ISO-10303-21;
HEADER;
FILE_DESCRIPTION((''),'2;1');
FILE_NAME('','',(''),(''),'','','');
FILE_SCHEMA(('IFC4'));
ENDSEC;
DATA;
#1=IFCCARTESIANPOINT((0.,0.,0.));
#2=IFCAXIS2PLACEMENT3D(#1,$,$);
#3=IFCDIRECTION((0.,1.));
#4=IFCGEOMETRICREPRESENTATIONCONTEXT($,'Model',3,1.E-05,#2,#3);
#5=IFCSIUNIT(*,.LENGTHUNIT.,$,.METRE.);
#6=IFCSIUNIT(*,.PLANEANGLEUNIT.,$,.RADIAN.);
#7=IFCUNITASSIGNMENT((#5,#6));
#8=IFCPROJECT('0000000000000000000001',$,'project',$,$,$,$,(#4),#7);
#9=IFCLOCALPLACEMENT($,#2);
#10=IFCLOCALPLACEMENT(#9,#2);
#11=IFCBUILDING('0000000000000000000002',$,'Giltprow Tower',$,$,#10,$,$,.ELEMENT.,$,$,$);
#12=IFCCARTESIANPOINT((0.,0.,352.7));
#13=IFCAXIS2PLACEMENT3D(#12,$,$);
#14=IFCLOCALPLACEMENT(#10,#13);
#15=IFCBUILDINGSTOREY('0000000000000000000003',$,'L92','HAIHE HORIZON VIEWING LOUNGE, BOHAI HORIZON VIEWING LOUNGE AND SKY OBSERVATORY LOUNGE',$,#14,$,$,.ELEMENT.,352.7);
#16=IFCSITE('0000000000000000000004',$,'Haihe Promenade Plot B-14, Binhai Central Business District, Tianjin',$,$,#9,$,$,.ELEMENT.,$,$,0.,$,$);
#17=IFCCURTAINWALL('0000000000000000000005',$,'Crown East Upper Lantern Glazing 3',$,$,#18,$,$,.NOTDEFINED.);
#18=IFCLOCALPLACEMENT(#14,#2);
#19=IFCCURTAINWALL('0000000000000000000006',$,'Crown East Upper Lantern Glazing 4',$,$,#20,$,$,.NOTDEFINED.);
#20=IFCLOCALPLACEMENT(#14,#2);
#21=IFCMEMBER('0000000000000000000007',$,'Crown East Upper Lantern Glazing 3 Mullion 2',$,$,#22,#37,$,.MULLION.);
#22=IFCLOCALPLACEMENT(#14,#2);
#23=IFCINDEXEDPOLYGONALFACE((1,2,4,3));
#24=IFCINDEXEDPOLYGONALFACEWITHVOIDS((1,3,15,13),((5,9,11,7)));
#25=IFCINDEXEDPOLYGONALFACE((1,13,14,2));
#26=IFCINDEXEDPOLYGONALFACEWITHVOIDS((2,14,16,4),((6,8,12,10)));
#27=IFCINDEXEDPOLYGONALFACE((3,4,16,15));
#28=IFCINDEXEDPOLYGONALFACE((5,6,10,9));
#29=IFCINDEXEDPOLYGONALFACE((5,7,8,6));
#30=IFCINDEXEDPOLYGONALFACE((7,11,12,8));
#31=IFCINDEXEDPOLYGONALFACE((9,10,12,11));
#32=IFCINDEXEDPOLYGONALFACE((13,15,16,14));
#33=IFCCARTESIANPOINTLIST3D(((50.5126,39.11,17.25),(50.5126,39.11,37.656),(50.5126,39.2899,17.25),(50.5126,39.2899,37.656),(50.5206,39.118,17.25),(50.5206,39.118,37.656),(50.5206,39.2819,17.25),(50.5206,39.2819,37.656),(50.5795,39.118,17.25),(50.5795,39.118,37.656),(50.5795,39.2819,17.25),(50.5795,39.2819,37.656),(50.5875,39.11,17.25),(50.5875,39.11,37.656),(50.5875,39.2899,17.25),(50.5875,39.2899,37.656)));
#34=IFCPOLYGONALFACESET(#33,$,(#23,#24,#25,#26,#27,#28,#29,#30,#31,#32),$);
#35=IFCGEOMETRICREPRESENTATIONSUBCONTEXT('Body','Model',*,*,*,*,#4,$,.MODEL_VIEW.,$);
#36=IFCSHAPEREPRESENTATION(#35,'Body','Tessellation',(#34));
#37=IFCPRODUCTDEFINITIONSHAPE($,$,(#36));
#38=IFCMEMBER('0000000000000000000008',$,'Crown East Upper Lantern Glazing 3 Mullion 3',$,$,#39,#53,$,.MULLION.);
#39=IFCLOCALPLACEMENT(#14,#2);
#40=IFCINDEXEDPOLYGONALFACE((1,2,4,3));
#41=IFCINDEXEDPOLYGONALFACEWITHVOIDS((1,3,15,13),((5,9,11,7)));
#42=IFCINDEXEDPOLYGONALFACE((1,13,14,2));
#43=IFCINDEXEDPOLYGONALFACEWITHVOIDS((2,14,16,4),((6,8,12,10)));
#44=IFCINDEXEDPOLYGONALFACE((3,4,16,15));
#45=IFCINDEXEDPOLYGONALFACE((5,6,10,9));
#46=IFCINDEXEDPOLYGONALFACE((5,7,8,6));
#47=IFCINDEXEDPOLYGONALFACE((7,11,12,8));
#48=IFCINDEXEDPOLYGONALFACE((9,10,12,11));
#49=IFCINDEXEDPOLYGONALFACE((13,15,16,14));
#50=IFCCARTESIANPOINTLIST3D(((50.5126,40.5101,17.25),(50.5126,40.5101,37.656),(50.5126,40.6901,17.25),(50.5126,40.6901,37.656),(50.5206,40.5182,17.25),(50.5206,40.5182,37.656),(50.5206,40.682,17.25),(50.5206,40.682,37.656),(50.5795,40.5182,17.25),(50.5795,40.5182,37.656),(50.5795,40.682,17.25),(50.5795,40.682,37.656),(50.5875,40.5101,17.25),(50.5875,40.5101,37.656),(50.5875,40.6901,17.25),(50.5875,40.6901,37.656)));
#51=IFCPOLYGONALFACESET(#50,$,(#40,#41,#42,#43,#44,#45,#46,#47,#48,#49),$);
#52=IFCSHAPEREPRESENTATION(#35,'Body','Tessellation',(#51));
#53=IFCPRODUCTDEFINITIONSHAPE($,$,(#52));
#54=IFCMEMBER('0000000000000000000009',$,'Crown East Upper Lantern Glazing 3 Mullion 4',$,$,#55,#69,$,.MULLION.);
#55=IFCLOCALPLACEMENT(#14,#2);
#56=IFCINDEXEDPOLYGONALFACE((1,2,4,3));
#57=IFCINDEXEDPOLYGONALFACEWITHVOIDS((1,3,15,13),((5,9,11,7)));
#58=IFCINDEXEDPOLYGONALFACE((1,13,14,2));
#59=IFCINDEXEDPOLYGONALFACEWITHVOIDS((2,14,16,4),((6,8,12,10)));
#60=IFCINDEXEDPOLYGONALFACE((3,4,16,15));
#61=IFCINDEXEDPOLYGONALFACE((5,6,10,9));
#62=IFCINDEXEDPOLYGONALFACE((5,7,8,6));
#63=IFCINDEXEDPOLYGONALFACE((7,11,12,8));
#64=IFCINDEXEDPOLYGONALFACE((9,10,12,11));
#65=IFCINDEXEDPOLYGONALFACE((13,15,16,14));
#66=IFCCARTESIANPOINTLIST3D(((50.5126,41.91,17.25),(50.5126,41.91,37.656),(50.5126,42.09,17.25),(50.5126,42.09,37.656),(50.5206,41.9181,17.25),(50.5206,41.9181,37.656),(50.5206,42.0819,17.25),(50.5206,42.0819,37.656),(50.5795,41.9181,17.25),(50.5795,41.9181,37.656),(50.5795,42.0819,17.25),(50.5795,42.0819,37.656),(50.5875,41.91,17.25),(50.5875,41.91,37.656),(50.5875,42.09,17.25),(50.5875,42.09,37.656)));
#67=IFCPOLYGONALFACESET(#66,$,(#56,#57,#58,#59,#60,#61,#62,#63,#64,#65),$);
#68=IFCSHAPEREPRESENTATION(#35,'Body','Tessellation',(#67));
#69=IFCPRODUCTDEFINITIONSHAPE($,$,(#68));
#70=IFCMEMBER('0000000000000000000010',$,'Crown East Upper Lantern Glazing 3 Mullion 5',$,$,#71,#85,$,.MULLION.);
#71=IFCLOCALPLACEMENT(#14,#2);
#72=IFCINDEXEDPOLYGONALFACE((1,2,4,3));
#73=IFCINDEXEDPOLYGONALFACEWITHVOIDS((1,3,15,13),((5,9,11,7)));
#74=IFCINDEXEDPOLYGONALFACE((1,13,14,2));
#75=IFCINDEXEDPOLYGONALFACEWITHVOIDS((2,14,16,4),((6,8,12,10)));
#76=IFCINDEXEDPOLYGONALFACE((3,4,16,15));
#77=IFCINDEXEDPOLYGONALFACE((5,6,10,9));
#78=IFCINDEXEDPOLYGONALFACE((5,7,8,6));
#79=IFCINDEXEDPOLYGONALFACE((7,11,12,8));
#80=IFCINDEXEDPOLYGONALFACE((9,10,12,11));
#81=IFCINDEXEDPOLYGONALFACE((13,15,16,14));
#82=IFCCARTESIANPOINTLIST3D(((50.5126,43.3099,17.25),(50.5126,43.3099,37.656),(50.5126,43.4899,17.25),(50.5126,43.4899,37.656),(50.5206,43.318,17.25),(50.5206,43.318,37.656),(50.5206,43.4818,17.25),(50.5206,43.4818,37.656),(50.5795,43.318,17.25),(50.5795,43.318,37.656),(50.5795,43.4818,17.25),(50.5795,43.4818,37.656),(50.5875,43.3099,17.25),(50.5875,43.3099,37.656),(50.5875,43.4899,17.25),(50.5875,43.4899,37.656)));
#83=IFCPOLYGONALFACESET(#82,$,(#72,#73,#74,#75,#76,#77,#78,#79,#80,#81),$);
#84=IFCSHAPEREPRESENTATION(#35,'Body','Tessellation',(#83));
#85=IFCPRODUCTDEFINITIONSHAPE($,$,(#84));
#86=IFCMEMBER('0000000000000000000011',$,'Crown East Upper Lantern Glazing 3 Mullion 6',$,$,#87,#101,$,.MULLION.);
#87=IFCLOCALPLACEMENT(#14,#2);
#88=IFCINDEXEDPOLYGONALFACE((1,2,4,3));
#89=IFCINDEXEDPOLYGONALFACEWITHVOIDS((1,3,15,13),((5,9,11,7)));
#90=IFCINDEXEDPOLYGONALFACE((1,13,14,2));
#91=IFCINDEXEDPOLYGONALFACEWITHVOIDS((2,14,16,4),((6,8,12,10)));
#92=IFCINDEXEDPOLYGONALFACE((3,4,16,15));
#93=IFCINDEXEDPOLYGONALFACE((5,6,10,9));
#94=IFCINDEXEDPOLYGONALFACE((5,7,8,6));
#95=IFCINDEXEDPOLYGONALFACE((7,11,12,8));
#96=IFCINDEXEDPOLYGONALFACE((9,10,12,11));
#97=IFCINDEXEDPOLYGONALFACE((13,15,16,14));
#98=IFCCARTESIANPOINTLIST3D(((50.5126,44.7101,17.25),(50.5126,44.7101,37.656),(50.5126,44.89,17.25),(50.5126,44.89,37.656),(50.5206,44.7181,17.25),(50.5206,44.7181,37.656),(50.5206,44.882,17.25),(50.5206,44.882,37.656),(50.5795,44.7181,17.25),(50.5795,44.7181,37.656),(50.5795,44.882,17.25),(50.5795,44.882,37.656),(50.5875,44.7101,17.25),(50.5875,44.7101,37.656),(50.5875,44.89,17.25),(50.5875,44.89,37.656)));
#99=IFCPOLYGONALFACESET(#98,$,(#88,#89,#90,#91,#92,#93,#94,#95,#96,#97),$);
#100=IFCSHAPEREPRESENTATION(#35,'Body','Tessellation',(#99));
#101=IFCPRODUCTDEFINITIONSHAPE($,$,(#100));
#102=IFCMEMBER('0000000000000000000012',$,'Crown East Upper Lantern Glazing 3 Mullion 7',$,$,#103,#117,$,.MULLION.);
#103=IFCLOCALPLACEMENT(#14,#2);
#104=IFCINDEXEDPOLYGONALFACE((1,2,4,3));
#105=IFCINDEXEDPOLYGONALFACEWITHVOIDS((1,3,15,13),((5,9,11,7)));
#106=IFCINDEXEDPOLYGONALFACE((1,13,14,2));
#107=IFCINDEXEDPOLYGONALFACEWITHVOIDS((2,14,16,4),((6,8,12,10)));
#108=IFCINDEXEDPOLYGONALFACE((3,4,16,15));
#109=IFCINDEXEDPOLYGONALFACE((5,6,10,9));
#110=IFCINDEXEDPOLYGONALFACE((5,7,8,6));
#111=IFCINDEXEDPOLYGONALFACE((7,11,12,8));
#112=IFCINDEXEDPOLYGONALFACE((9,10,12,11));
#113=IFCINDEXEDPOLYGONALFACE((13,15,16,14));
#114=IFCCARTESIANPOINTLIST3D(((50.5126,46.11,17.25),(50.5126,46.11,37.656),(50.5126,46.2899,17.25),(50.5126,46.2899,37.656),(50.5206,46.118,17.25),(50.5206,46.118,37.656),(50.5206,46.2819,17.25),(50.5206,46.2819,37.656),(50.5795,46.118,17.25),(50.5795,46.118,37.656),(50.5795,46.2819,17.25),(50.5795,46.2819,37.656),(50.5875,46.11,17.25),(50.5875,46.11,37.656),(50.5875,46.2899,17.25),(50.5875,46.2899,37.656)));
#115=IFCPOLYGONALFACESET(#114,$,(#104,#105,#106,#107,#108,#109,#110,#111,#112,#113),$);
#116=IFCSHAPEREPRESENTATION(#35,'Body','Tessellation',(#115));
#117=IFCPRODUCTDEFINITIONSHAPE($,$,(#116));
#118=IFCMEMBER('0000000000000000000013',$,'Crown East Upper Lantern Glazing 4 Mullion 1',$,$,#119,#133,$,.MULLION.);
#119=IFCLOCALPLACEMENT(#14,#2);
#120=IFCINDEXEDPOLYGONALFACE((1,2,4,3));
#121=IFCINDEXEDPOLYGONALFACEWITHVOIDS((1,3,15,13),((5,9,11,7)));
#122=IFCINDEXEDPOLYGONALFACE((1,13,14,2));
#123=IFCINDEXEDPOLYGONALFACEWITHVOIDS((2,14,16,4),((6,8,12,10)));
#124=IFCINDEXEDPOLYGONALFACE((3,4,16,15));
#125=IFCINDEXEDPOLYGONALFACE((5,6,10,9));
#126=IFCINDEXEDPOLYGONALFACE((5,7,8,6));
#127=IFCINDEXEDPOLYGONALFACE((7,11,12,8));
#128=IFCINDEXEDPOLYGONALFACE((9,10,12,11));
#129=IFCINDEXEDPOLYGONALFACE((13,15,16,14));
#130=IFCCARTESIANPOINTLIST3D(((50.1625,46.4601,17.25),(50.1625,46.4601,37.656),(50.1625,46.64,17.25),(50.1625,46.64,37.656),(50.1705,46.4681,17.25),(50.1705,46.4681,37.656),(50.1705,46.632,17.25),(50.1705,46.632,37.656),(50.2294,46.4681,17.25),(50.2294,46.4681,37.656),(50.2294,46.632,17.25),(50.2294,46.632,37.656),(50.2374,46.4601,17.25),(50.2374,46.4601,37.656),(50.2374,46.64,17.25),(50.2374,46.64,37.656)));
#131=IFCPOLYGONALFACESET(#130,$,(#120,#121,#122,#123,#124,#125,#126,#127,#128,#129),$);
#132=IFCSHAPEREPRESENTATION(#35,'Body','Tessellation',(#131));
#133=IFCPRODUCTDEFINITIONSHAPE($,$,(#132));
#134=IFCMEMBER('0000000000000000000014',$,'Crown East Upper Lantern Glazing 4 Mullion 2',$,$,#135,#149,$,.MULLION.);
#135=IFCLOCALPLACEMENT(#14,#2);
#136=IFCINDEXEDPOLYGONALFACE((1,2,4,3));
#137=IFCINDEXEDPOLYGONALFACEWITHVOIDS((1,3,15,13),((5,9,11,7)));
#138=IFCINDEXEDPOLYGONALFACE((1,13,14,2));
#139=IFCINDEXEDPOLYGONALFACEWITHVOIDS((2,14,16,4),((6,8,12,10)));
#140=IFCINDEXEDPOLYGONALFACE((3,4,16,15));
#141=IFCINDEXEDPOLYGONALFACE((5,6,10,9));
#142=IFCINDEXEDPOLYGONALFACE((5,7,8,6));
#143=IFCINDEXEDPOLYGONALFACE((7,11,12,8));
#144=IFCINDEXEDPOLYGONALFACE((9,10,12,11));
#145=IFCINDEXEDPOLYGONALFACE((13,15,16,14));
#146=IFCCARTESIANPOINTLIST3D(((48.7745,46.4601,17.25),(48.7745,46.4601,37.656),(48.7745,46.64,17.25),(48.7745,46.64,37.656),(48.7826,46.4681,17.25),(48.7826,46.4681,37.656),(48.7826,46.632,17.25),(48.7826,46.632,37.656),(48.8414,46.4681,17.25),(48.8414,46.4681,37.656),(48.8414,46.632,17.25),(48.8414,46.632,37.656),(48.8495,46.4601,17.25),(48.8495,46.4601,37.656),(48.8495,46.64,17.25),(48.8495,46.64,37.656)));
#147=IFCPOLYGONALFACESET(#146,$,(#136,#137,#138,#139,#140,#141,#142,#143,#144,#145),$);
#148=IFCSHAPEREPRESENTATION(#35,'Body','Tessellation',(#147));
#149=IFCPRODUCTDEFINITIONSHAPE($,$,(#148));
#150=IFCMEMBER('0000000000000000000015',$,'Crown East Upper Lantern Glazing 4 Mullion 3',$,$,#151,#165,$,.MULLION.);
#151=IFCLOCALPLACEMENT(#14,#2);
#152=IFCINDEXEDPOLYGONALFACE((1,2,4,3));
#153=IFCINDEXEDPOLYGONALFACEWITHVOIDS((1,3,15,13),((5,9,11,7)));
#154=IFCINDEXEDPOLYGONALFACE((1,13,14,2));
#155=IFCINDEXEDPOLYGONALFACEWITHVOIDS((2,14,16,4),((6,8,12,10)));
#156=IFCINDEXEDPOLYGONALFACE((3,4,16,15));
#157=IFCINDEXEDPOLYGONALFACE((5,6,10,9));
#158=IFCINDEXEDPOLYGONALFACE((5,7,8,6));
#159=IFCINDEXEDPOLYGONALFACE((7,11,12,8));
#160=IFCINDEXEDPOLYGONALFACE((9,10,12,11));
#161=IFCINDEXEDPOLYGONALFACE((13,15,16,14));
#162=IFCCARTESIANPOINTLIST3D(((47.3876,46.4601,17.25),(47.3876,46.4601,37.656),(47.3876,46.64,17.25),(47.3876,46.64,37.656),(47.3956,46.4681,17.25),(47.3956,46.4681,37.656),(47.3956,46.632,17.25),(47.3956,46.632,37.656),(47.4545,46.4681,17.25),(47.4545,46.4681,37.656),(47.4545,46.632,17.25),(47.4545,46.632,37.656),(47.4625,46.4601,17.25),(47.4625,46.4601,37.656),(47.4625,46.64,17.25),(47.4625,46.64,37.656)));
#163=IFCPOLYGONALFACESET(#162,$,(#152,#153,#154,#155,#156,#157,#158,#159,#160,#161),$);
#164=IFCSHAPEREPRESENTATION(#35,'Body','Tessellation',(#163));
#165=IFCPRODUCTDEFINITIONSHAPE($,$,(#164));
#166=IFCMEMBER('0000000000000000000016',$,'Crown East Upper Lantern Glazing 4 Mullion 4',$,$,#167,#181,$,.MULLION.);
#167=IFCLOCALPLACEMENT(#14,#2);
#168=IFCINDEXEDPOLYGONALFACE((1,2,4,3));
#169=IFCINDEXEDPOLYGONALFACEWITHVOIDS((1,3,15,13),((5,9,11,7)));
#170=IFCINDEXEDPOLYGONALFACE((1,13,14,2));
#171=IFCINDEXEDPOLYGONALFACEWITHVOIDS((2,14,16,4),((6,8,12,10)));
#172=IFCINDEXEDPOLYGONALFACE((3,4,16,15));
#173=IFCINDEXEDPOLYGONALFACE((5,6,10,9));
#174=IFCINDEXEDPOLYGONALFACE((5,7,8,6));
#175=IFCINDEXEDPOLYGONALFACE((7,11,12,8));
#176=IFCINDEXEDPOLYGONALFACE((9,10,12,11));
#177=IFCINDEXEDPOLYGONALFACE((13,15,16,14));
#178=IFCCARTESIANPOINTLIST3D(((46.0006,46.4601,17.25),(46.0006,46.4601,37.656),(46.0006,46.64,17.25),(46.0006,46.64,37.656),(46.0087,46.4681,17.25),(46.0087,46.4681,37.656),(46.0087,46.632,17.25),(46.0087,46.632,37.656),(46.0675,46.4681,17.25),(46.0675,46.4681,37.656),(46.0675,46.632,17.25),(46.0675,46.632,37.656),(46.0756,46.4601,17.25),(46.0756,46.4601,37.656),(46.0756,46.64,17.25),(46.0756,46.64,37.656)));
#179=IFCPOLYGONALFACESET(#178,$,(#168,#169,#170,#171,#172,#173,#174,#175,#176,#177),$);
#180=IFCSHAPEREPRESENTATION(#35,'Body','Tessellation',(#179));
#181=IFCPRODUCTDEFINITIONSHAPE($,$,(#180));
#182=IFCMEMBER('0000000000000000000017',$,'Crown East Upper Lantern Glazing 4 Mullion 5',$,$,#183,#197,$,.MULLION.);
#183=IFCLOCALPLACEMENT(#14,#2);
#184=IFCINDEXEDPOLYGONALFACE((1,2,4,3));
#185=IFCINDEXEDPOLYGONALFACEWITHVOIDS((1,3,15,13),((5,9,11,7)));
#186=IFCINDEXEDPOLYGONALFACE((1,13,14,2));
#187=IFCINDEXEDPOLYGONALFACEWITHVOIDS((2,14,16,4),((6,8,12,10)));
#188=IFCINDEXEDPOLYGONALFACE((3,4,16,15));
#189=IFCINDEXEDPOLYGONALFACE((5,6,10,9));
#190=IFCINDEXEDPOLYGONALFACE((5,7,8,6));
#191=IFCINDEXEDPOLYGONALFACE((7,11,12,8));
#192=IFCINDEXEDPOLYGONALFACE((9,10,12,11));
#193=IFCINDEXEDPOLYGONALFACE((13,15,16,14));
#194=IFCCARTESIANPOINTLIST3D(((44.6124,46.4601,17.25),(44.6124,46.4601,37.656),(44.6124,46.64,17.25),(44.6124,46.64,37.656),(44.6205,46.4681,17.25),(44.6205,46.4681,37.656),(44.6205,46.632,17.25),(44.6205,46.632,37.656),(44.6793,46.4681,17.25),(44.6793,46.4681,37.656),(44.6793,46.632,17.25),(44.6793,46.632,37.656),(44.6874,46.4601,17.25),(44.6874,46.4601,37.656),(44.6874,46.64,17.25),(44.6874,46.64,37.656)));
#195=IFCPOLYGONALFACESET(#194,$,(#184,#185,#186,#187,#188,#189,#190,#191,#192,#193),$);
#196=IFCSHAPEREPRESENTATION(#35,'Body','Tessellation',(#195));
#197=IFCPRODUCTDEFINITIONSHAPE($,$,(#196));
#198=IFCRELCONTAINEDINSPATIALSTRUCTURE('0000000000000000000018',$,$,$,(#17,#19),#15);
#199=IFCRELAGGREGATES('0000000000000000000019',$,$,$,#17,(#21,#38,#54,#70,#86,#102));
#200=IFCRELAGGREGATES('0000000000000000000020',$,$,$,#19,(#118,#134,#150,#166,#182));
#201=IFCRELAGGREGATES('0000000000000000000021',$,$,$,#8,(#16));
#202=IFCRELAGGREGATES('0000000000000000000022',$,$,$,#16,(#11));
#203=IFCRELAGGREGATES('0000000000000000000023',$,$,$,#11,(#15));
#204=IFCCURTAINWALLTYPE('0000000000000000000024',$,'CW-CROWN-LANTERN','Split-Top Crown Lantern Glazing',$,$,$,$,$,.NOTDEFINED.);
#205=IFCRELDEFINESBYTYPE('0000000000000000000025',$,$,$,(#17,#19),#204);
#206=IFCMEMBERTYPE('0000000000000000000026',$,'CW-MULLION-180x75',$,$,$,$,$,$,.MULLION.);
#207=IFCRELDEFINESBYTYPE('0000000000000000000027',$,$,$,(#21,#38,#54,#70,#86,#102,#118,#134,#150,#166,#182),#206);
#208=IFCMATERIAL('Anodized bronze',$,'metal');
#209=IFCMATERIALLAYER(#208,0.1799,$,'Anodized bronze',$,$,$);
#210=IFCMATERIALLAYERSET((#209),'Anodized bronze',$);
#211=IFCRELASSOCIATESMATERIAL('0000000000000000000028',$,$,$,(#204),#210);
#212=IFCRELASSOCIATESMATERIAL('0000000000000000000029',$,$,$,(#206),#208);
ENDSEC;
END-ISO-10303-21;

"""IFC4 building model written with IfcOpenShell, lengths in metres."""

from ifc_helpers import new_model, si_unit, direction, frame, origin, origin_2d, place, context, subcontext, project, spatial, hollow_rectangle, extrude, source, transform, mapped, material, layer, layer_set, material_profile, profile_set, type_object, element, aggregate, save


model = new_model("IFC4")

# Units and contexts
model_context = context("Model", 3, precision=1e-05, world=origin(), true_north=direction((0.0, 1.0)))
body_context = subcontext(model_context, "Body", "Model", "MODEL_VIEW")
ifc_project = project(units=[si_unit("LENGTHUNIT", "METRE"), si_unit("PLANEANGLEUNIT", "RADIAN")], contexts=[model_context])

# Site, building, storey
site_placement = place(None, origin())
site = spatial("IfcSite", under=ifc_project, at=site_placement, Name="Haihe Promenade Plot B-14, Binhai Central Business District, Tianjin", CompositionType="ELEMENT", RefElevation=0.0)
building_placement = place(site_placement, origin())
building = spatial("IfcBuilding", under=site, at=building_placement, Name="Giltprow Tower", CompositionType="ELEMENT")
storey_placement = place(building_placement, frame((0.0, 0.0, 352.7)))
storey = spatial("IfcBuildingStorey", under=building, at=storey_placement, Name="L92", Description="HAIHE HORIZON VIEWING LOUNGE, BOHAI HORIZON VIEWING LOUNGE AND SKY OBSERVATORY LOUNGE", CompositionType="ELEMENT", Elevation=352.7)

# Curtain walls
ifc_material_1 = material(Name="Anodized bronze", Category="metal")
ifc_layer = layer(ifc_material_1, 0.1799, Name="Anodized bronze")
ifc_layer_set = layer_set([ifc_layer], Name="Anodized bronze")
curtain_wall_type = type_object("IfcCurtainWallType", Name="CW-CROWN-LANTERN", Description="Split-Top Crown Lantern Glazing", PredefinedType="NOTDEFINED", material=ifc_layer_set)
curtain_wall_1_placement = place(storey_placement, origin())
curtain_wall_1 = element("IfcCurtainWall", 1, at=curtain_wall_1_placement, inside=storey, type_object=curtain_wall_type, Name="Crown East Upper Lantern Glazing 3", PredefinedType="NOTDEFINED")
curtain_wall_2_placement = place(storey_placement, origin())
curtain_wall_2 = element("IfcCurtainWall", 2, at=curtain_wall_2_placement, inside=storey, type_object=curtain_wall_type, Name="Crown East Upper Lantern Glazing 4", PredefinedType="NOTDEFINED")
ifc_material_profile_1 = material_profile(ifc_material_1, hollow_rectangle(XDim=0.075, YDim=0.1799, WallThickness=0.0081, at=origin_2d()), Name="RHS 180x75x8")
ifc_profile_set_1 = profile_set([ifc_material_profile_1], Name="Anodized bronze")
member_type_1 = type_object("IfcMemberType", Name="CW-MULLION-180x75", PredefinedType="MULLION", material=ifc_profile_set_1)
shared_shape_1 = source(origin(), body_context, "Body", "SweptSolid", [
    extrude(hollow_rectangle(XDim=0.075, YDim=0.1799, WallThickness=0.0081, at=origin_2d()), origin(), (0.0, 0.0, 1.0), 20.406),
])

# Members
member_1_placement = place(storey_placement, frame((50.55, 39.2, 17.25), z_axis=(0.0, 0.0, 1.0), x_axis=(1.0, 0.0, 0.0)))
member_1 = element("IfcMember", 3, at=member_1_placement, type_object=member_type_1, Name="Crown East Upper Lantern Glazing 3 Mullion 2", PredefinedType="MULLION", context=body_context, shape_type="MappedRepresentation", body=[
    mapped(shared_shape_1, transform((0.0, 0.0, 0.0), x_axis=(1.0, 0.0, 0.0), y_axis=(0.0, 1.0, 0.0), z_axis=(0.0, 0.0, 1.0), scale=1.0)),
])
member_2_placement = place(storey_placement, frame((50.55, 40.6001, 17.25), z_axis=(0.0, 0.0, 1.0), x_axis=(1.0, 0.0, 0.0)))
member_2 = element("IfcMember", 4, at=member_2_placement, type_object=member_type_1, Name="Crown East Upper Lantern Glazing 3 Mullion 3", PredefinedType="MULLION", context=body_context, shape_type="MappedRepresentation", body=[
    mapped(shared_shape_1, transform((0.0, 0.0, 0.0), x_axis=(1.0, 0.0, 0.0), y_axis=(0.0, 1.0, 0.0), z_axis=(0.0, 0.0, 1.0), scale=1.0)),
])
member_3_placement = place(storey_placement, frame((50.55, 42.0, 17.25), z_axis=(0.0, 0.0, 1.0), x_axis=(1.0, 0.0, 0.0)))
member_3 = element("IfcMember", 5, at=member_3_placement, type_object=member_type_1, Name="Crown East Upper Lantern Glazing 3 Mullion 4", PredefinedType="MULLION", context=body_context, shape_type="MappedRepresentation", body=[
    mapped(shared_shape_1, transform((0.0, 0.0, 0.0), x_axis=(1.0, 0.0, 0.0), y_axis=(0.0, 1.0, 0.0), z_axis=(0.0, 0.0, 1.0), scale=1.0)),
])
member_4_placement = place(storey_placement, frame((50.55, 43.3999, 17.25), z_axis=(0.0, 0.0, 1.0), x_axis=(1.0, 0.0, 0.0)))
member_4 = element("IfcMember", 6, at=member_4_placement, type_object=member_type_1, Name="Crown East Upper Lantern Glazing 3 Mullion 5", PredefinedType="MULLION", context=body_context, shape_type="MappedRepresentation", body=[
    mapped(shared_shape_1, transform((0.0, 0.0, 0.0), x_axis=(1.0, 0.0, 0.0), y_axis=(0.0, 1.0, 0.0), z_axis=(0.0, 0.0, 1.0), scale=1.0)),
])
member_5_placement = place(storey_placement, frame((50.55, 44.8, 17.25), z_axis=(0.0, 0.0, 1.0), x_axis=(1.0, 0.0, 0.0)))
member_5 = element("IfcMember", 7, at=member_5_placement, type_object=member_type_1, Name="Crown East Upper Lantern Glazing 3 Mullion 6", PredefinedType="MULLION", context=body_context, shape_type="MappedRepresentation", body=[
    mapped(shared_shape_1, transform((0.0, 0.0, 0.0), x_axis=(1.0, 0.0, 0.0), y_axis=(0.0, 1.0, 0.0), z_axis=(0.0, 0.0, 1.0), scale=1.0)),
])
member_6_placement = place(storey_placement, frame((50.55, 46.2, 17.25), z_axis=(0.0, 0.0, 1.0), x_axis=(1.0, 0.0, 0.0)))
member_6 = element("IfcMember", 8, at=member_6_placement, type_object=member_type_1, Name="Crown East Upper Lantern Glazing 3 Mullion 7", PredefinedType="MULLION", context=body_context, shape_type="MappedRepresentation", body=[
    mapped(shared_shape_1, transform((0.0, 0.0, 0.0), x_axis=(1.0, 0.0, 0.0), y_axis=(0.0, 1.0, 0.0), z_axis=(0.0, 0.0, 1.0), scale=1.0)),
])
aggregate(curtain_wall_1, [member_1, member_2, member_3, member_4, member_5, member_6])
member_7_placement = place(storey_placement, frame((50.2, 46.55, 17.25), z_axis=(0.0, 0.0, 1.0), x_axis=(1.0, 0.0, 0.0)))
member_7 = element("IfcMember", 9, at=member_7_placement, type_object=member_type_1, Name="Crown East Upper Lantern Glazing 4 Mullion 1", PredefinedType="MULLION", context=body_context, shape_type="MappedRepresentation", body=[
    mapped(shared_shape_1, transform((0.0, 0.0, 0.0), x_axis=(1.0, 0.0, 0.0), y_axis=(0.0, 1.0, 0.0), z_axis=(0.0, 0.0, 1.0), scale=1.0)),
])
member_8_placement = place(storey_placement, frame((48.812, 46.55, 17.25), z_axis=(0.0, 0.0, 1.0), x_axis=(1.0, 0.0, 0.0)))
member_8 = element("IfcMember", 10, at=member_8_placement, type_object=member_type_1, Name="Crown East Upper Lantern Glazing 4 Mullion 2", PredefinedType="MULLION", context=body_context, shape_type="MappedRepresentation", body=[
    mapped(shared_shape_1, transform((0.0, 0.0, 0.0), x_axis=(1.0, 0.0, 0.0), y_axis=(0.0, 1.0, 0.0), z_axis=(0.0, 0.0, 1.0), scale=1.0)),
])
member_9_placement = place(storey_placement, frame((47.425, 46.55, 17.25), z_axis=(0.0, 0.0, 1.0), x_axis=(1.0, 0.0, 0.0)))
member_9 = element("IfcMember", 11, at=member_9_placement, type_object=member_type_1, Name="Crown East Upper Lantern Glazing 4 Mullion 3", PredefinedType="MULLION", context=body_context, shape_type="MappedRepresentation", body=[
    mapped(shared_shape_1, transform((0.0, 0.0, 0.0), x_axis=(1.0, 0.0, 0.0), y_axis=(0.0, 1.0, 0.0), z_axis=(0.0, 0.0, 1.0), scale=1.0)),
])
member_10_placement = place(storey_placement, frame((46.0381, 46.55, 17.25), z_axis=(0.0, 0.0, 1.0), x_axis=(1.0, 0.0, 0.0)))
member_10 = element("IfcMember", 12, at=member_10_placement, type_object=member_type_1, Name="Crown East Upper Lantern Glazing 4 Mullion 4", PredefinedType="MULLION", context=body_context, shape_type="MappedRepresentation", body=[
    mapped(shared_shape_1, transform((0.0, 0.0, 0.0), x_axis=(1.0, 0.0, 0.0), y_axis=(0.0, 1.0, 0.0), z_axis=(0.0, 0.0, 1.0), scale=1.0)),
])
member_11_placement = place(storey_placement, frame((44.6499, 46.55, 17.25), z_axis=(0.0, 0.0, 1.0), x_axis=(1.0, 0.0, 0.0)))
member_11 = element("IfcMember", 13, at=member_11_placement, type_object=member_type_1, Name="Crown East Upper Lantern Glazing 4 Mullion 5", PredefinedType="MULLION", context=body_context, shape_type="MappedRepresentation", body=[
    mapped(shared_shape_1, transform((0.0, 0.0, 0.0), x_axis=(1.0, 0.0, 0.0), y_axis=(0.0, 1.0, 0.0), z_axis=(0.0, 0.0, 1.0), scale=1.0)),
])
aggregate(curtain_wall_2, [member_7, member_8, member_9, member_10, member_11])

save(model, "model.ifc")
